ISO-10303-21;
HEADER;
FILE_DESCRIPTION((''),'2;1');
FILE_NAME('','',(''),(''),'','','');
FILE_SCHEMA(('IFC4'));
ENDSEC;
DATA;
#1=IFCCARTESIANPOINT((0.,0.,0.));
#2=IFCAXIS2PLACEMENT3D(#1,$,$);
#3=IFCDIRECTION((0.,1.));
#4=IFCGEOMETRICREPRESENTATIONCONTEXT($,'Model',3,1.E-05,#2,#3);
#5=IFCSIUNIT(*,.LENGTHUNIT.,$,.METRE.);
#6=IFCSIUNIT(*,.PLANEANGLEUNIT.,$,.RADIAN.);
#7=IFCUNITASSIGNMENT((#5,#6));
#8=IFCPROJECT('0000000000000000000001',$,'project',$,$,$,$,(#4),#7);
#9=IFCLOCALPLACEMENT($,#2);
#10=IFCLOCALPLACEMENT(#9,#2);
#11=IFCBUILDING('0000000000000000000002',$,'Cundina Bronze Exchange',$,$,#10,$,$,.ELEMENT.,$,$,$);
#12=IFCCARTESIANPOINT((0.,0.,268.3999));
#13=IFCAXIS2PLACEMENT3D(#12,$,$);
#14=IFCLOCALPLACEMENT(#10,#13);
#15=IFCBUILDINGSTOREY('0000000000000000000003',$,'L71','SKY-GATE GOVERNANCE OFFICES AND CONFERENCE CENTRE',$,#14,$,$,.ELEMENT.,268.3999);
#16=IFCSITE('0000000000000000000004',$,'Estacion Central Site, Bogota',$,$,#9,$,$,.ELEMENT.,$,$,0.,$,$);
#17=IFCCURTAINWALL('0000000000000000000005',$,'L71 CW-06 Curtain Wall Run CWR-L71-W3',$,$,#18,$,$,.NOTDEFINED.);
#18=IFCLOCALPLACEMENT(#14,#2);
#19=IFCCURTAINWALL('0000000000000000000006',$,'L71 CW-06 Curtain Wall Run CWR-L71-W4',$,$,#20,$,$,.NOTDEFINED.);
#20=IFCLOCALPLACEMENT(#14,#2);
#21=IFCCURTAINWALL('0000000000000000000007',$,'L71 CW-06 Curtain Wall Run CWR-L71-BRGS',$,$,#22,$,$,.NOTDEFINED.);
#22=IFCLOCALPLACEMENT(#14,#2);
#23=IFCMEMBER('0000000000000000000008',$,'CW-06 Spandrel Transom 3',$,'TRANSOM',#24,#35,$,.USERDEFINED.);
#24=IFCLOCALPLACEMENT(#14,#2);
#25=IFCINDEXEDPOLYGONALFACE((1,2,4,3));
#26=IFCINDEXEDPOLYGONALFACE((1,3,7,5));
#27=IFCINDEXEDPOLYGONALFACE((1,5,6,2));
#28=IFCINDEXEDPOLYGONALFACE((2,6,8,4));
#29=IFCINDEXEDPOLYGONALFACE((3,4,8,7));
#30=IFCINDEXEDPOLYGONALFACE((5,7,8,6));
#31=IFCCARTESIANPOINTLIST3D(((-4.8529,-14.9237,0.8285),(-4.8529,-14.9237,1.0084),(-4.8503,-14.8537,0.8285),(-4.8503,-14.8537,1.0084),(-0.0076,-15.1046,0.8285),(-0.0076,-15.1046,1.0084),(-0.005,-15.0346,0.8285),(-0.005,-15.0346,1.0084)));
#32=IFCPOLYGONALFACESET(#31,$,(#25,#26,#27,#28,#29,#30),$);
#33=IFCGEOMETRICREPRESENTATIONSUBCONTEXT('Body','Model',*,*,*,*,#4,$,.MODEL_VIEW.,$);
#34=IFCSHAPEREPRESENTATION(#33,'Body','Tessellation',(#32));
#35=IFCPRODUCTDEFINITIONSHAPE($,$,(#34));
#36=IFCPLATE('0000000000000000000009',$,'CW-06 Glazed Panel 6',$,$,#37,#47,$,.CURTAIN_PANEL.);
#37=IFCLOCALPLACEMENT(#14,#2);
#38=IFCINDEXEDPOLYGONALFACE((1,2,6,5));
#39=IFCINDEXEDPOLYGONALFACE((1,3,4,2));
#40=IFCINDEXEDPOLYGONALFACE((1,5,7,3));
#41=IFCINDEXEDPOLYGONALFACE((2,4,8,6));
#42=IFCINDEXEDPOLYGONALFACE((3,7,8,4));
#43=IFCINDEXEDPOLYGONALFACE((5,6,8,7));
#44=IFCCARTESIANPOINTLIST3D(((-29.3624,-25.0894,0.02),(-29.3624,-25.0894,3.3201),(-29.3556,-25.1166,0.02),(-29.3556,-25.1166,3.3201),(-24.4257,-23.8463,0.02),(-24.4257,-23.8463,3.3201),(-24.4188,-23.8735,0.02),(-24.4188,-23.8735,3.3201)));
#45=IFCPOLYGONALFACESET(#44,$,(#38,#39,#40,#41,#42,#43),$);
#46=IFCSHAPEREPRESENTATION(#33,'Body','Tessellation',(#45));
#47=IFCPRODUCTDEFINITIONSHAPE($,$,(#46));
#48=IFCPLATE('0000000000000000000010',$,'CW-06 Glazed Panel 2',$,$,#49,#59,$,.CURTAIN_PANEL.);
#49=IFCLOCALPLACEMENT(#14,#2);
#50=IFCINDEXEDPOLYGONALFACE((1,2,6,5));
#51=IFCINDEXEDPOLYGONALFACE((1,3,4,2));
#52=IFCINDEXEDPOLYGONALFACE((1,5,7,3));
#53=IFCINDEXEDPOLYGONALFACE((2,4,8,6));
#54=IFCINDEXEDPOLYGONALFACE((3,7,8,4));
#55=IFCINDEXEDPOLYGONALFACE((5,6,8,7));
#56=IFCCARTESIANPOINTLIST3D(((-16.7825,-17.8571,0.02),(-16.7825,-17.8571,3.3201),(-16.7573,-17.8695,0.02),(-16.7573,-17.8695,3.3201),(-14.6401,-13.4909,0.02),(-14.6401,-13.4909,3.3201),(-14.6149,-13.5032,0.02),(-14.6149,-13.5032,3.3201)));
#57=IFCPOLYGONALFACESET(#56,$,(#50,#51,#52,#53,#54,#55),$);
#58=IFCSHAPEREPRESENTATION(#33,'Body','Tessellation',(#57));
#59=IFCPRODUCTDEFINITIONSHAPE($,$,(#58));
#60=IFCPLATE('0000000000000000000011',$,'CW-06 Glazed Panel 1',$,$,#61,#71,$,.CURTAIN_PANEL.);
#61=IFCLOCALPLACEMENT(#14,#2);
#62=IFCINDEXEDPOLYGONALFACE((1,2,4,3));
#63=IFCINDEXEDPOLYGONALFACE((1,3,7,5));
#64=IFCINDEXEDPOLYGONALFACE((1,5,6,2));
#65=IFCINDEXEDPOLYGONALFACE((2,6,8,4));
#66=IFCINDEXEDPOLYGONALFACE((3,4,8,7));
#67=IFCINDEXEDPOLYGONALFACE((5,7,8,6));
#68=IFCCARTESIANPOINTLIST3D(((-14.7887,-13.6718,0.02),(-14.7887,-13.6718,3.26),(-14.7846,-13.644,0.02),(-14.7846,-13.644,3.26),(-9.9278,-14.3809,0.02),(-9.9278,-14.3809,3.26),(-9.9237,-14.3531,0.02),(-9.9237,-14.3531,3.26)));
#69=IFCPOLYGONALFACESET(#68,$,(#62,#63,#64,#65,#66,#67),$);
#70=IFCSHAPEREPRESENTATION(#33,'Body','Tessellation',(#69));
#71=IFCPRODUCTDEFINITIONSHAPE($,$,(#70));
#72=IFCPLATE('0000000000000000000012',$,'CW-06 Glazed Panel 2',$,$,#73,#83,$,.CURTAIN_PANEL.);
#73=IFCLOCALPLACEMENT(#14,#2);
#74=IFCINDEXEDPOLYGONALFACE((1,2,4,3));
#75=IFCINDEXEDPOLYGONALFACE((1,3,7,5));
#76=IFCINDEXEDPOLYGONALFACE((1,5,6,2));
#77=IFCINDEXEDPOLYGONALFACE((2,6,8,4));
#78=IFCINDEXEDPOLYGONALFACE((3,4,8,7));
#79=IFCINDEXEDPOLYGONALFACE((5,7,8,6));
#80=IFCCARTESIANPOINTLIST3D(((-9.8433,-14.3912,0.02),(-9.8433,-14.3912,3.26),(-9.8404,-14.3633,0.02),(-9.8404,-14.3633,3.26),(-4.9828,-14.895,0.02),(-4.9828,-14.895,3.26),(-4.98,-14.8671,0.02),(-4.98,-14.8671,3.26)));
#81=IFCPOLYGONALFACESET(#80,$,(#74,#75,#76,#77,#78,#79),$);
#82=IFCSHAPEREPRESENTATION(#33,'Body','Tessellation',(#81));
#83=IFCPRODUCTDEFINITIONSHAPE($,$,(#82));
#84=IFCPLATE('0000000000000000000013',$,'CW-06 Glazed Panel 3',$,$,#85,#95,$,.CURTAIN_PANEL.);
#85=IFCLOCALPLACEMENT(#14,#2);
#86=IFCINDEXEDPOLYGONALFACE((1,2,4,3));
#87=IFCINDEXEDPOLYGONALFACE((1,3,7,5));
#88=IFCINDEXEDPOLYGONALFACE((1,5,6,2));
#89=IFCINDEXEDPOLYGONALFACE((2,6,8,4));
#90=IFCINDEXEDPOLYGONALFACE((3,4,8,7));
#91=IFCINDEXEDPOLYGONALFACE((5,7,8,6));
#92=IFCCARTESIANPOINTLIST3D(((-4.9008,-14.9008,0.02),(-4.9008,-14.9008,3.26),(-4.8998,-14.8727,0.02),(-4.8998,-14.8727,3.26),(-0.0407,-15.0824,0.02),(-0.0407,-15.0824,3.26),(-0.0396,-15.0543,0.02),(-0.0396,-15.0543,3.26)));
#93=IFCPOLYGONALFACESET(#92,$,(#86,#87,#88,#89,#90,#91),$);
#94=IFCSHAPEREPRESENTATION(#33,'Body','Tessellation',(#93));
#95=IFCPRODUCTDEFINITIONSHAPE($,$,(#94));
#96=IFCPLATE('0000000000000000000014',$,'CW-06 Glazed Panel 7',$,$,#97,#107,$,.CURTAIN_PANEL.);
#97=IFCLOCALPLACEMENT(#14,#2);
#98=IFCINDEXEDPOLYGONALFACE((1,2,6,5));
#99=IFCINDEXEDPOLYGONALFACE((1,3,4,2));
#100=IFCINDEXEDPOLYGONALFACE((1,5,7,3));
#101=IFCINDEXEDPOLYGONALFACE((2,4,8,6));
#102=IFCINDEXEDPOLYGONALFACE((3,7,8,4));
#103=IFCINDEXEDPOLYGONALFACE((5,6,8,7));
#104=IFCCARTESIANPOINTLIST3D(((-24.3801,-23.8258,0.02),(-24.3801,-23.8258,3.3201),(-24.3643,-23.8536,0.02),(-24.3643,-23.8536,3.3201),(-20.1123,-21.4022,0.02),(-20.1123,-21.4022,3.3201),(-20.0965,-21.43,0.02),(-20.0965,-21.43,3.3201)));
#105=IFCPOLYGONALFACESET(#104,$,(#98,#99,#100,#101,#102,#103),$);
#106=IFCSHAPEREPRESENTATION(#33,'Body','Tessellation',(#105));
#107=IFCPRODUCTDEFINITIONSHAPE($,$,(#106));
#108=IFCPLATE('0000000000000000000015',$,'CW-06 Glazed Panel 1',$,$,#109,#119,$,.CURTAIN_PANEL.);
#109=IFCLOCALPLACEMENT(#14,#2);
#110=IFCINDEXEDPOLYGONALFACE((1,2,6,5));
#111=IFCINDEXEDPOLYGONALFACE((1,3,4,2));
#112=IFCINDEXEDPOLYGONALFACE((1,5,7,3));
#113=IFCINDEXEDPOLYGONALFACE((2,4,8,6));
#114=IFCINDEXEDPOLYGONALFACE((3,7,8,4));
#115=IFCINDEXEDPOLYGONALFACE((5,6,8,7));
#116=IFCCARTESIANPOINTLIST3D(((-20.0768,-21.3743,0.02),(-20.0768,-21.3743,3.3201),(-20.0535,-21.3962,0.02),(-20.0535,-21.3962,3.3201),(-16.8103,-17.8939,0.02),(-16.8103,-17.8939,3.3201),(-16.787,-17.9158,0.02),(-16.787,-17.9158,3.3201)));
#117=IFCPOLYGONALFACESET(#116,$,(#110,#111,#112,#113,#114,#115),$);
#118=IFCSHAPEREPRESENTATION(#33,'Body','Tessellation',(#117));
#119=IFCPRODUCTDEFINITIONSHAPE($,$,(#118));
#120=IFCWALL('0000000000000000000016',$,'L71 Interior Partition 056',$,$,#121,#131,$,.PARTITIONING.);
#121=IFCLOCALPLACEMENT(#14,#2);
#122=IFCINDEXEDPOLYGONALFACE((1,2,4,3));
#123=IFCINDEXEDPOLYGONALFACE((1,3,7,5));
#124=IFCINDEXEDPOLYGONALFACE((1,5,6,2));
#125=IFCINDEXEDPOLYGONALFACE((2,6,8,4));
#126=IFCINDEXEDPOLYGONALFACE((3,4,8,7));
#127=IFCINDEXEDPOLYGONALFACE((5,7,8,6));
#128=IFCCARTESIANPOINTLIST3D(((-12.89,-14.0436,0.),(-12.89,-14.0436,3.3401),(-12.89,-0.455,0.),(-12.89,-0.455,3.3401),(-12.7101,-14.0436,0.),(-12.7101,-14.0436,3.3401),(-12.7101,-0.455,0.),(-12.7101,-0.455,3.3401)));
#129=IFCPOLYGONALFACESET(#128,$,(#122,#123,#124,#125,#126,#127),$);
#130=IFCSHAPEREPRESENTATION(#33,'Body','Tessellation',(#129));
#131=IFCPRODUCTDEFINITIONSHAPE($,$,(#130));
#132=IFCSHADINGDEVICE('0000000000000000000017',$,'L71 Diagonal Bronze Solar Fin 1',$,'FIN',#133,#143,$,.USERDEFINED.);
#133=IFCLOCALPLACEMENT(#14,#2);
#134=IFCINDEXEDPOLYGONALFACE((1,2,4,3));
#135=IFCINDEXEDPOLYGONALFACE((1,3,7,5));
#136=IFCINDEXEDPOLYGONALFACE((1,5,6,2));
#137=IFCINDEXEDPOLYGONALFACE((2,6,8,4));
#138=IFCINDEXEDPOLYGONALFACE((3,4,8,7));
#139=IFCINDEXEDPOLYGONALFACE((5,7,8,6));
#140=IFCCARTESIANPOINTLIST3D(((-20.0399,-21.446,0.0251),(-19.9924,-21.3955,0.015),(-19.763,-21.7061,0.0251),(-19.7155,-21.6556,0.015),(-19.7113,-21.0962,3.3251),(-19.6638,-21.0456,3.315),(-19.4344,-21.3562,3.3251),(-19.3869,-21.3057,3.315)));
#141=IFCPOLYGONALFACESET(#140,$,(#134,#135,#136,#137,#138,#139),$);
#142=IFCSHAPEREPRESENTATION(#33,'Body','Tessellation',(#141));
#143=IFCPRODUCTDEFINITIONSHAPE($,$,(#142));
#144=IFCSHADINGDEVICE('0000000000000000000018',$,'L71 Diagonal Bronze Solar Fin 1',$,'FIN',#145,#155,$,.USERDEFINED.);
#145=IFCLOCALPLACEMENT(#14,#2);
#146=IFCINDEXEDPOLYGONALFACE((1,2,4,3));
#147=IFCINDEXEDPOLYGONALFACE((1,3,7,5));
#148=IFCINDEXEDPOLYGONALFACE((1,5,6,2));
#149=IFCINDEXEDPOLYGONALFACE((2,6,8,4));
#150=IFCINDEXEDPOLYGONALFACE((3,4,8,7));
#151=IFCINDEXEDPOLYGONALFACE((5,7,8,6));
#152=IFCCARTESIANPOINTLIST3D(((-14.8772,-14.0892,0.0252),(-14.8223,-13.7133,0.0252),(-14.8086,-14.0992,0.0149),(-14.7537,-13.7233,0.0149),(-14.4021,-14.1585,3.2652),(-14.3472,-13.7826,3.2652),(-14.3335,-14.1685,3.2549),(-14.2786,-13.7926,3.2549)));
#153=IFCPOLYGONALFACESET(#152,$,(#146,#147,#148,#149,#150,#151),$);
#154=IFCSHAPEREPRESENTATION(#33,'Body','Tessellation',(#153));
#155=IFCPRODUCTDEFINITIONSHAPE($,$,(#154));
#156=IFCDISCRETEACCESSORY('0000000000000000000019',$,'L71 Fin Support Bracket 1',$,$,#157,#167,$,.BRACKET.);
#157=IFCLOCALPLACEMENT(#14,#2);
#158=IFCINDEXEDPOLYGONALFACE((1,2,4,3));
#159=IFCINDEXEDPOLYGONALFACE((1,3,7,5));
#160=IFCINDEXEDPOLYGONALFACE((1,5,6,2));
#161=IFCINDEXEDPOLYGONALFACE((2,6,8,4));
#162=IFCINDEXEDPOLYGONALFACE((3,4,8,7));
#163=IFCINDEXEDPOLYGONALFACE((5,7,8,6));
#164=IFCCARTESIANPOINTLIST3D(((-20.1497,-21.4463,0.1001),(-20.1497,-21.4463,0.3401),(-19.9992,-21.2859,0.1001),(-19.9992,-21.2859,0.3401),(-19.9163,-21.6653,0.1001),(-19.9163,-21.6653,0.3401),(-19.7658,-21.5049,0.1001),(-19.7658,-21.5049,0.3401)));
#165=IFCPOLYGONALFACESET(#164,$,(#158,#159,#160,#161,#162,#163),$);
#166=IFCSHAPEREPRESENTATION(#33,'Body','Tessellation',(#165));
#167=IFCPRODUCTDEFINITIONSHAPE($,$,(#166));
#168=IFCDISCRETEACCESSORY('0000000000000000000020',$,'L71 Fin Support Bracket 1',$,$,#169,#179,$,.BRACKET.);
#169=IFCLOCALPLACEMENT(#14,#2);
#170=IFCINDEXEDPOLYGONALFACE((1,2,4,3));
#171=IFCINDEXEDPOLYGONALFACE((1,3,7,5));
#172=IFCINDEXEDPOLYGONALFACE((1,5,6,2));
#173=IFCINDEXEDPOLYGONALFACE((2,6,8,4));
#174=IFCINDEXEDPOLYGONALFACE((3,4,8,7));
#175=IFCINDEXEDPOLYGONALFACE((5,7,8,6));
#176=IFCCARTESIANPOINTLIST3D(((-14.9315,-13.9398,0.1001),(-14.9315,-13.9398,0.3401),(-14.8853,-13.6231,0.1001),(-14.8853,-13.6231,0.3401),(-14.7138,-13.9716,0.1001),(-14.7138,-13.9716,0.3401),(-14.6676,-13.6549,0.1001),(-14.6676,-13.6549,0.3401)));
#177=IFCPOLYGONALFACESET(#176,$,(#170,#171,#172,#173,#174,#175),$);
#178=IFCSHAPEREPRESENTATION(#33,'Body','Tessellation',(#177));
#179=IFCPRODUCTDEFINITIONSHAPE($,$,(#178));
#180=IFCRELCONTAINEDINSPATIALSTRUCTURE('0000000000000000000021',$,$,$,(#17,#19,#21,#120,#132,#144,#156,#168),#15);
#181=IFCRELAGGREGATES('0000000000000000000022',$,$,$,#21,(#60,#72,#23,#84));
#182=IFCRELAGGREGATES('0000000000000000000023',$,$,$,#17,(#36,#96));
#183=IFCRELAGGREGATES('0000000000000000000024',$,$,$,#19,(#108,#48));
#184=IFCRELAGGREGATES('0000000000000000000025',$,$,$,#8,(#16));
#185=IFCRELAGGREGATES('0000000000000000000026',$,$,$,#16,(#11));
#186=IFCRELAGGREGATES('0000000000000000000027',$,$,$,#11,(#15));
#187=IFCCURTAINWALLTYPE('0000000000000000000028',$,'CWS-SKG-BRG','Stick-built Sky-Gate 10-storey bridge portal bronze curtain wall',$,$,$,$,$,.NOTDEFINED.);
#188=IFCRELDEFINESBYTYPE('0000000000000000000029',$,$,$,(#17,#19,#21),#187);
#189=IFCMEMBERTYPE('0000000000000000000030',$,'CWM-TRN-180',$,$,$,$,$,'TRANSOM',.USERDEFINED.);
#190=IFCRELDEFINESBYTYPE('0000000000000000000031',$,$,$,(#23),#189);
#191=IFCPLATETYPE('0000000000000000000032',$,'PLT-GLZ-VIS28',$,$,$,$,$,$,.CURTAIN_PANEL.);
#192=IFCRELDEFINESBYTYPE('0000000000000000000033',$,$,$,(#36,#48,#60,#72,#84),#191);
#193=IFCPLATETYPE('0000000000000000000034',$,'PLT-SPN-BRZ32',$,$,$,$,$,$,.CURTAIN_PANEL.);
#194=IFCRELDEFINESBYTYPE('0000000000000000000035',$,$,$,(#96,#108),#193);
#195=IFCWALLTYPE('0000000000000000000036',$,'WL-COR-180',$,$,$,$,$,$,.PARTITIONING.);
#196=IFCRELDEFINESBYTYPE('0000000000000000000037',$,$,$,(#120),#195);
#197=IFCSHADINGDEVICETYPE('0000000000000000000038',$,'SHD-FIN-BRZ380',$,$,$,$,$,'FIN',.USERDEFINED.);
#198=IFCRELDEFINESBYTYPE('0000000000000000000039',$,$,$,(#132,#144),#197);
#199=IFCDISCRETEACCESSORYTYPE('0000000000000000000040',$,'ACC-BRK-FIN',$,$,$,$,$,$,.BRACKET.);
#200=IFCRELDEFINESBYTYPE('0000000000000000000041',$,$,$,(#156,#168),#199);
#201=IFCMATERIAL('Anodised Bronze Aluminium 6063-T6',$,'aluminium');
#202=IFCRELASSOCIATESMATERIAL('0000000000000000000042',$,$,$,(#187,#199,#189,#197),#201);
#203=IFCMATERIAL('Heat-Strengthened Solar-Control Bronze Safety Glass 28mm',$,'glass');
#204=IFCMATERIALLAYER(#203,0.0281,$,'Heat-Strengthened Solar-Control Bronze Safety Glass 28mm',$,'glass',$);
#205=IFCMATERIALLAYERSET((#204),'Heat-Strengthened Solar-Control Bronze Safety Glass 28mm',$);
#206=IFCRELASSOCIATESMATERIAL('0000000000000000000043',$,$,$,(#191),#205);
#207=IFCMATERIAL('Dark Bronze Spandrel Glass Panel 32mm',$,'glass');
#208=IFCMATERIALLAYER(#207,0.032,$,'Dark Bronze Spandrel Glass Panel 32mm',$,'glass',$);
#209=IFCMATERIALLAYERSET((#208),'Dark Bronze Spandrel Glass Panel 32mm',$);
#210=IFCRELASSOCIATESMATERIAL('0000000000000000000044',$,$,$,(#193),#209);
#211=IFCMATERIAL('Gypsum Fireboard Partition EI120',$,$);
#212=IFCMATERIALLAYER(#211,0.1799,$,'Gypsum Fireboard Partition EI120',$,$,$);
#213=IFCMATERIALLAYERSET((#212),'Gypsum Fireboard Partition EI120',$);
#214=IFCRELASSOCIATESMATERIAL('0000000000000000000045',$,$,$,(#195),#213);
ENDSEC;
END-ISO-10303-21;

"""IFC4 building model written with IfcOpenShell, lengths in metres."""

from ifc_helpers import new_model, si_unit, direction, frame, frame_2d, origin, origin_2d, place, context, subcontext, project, spatial, rectangle, extrude, material, layer, layer_set, material_profile, profile_set, type_object, element, aggregate, save


model = new_model("IFC4")

# Units and contexts
model_context = context("Model", 3, precision=1e-05, world=origin(), true_north=direction((0.0, 1.0)))
body_context = subcontext(model_context, "Body", "Model", "MODEL_VIEW")
ifc_project = project(units=[si_unit("LENGTHUNIT", "METRE"), si_unit("PLANEANGLEUNIT", "RADIAN")], contexts=[model_context])

# Site, building, storey
site_placement = place(None, origin())
site = spatial("IfcSite", under=ifc_project, at=site_placement, Name="Estacion Central Site, Bogota", CompositionType="ELEMENT", RefElevation=0.0)
building_placement = place(site_placement, origin())
building = spatial("IfcBuilding", under=site, at=building_placement, Name="Cundina Bronze Exchange", CompositionType="ELEMENT")
storey_placement = place(building_placement, frame((0.0, 0.0, 268.3999)))
storey = spatial("IfcBuildingStorey", under=building, at=storey_placement, Name="L71", Description="SKY-GATE GOVERNANCE OFFICES AND CONFERENCE CENTRE", CompositionType="ELEMENT", Elevation=268.3999)

# Curtain walls
ifc_material_1 = material(Name="Anodised Bronze Aluminium 6063-T6", Category="aluminium")
curtain_wall_type = type_object("IfcCurtainWallType", Name="CWS-SKG-BRG", Description="Stick-built Sky-Gate 10-storey bridge portal bronze curtain wall", PredefinedType="NOTDEFINED", material=ifc_material_1)
curtain_wall_1_placement = place(storey_placement, origin())
curtain_wall_1 = element("IfcCurtainWall", 1, at=curtain_wall_1_placement, inside=storey, type_object=curtain_wall_type, Name="L71 CW-06 Curtain Wall Run CWR-L71-W3", PredefinedType="NOTDEFINED")
curtain_wall_2_placement = place(storey_placement, origin())
curtain_wall_2 = element("IfcCurtainWall", 2, at=curtain_wall_2_placement, inside=storey, type_object=curtain_wall_type, Name="L71 CW-06 Curtain Wall Run CWR-L71-W4", PredefinedType="NOTDEFINED")
curtain_wall_3_placement = place(storey_placement, origin())
curtain_wall_3 = element("IfcCurtainWall", 3, at=curtain_wall_3_placement, inside=storey, type_object=curtain_wall_type, Name="L71 CW-06 Curtain Wall Run CWR-L71-BRGS", PredefinedType="NOTDEFINED")

# Member
ifc_material_profile_1 = material_profile(ifc_material_1, rectangle(XDim=0.0701, YDim=0.1799, at=origin_2d()), Name="AL70X180", Category="aluminium")
ifc_profile_set_1 = profile_set([ifc_material_profile_1], Name="Anodised Bronze Aluminium 6063-T6")
member_type_1 = type_object("IfcMemberType", Name="CWM-TRN-180", ElementType="TRANSOM", PredefinedType="USERDEFINED", material=ifc_profile_set_1)
member_1_placement = place(storey_placement, frame((-4.8516, -14.8887, 0.9185), z_axis=(0.999304, -0.037312, 0.0), x_axis=(0.037312, 0.999304, 0.0)))
member_1 = element("IfcMember", 4, at=member_1_placement, type_object=member_type_1, Name="CW-06 Spandrel Transom 3", ObjectType="TRANSOM", PredefinedType="USERDEFINED", context=body_context, shape_type="SweptSolid", body=[
    extrude(rectangle(XDim=0.0701, YDim=0.1799, at=origin_2d()), origin(), (0.0, 0.0, 1.0), 4.8486),
])

# Plates
ifc_material_2 = material(Name="Heat-Strengthened Solar-Control Bronze Safety Glass 28mm", Category="glass")
ifc_layer_1 = layer(ifc_material_2, 0.0281, Name="Heat-Strengthened Solar-Control Bronze Safety Glass 28mm", Category="glass")
ifc_layer_set_1 = layer_set([ifc_layer_1], Name="Heat-Strengthened Solar-Control Bronze Safety Glass 28mm")
plate_type_1 = type_object("IfcPlateType", Name="PLT-GLZ-VIS28", PredefinedType="CURTAIN_PANEL", material=ifc_layer_set_1)
plate_1_placement = place(storey_placement, frame((-26.8906, -24.4814, 0.02), z_axis=(0.0, 0.0, 1.0), x_axis=(0.969732, 0.244174, 0.0)))
plate_1 = element("IfcPlate", 5, at=plate_1_placement, type_object=plate_type_1, Name="CW-06 Glazed Panel 6", PredefinedType="CURTAIN_PANEL", context=body_context, shape_type="SweptSolid", body=[
    extrude(rectangle(XDim=5.0908, YDim=0.0281, at=origin_2d()), origin(), (0.0, 0.0, 1.0), 3.3),
])
plate_2_placement = place(storey_placement, frame((-15.6987, -15.6802, 0.02), z_axis=(0.0, 0.0, 1.0), x_axis=(0.440503, 0.897751, 0.0)))
plate_2 = element("IfcPlate", 6, at=plate_2_placement, type_object=plate_type_1, Name="CW-06 Glazed Panel 2", PredefinedType="CURTAIN_PANEL", context=body_context, shape_type="SweptSolid", body=[
    extrude(rectangle(XDim=4.8635, YDim=0.0281, at=origin_2d()), origin(), (0.0, 0.0, 1.0), 3.3),
])
plate_3_placement = place(storey_placement, frame((-12.3562, -14.0125, 0.02), z_axis=(0.0, 0.0, 1.0), x_axis=(0.989528, -0.144339, 0.0)))
plate_3 = element("IfcPlate", 7, at=plate_3_placement, type_object=plate_type_1, Name="CW-06 Glazed Panel 1", PredefinedType="CURTAIN_PANEL", context=body_context, shape_type="SweptSolid", body=[
    extrude(rectangle(XDim=4.9124, YDim=0.0281, at=origin_2d()), origin(), (0.0, 0.0, 1.0), 3.24),
])
plate_4_placement = place(storey_placement, frame((-7.4116, -14.6292, 0.02), z_axis=(0.0, 0.0, 1.0), x_axis=(0.994672, -0.103088, 0.0)))
plate_4 = element("IfcPlate", 8, at=plate_4_placement, type_object=plate_type_1, Name="CW-06 Glazed Panel 2", PredefinedType="CURTAIN_PANEL", context=body_context, shape_type="SweptSolid", body=[
    extrude(rectangle(XDim=4.8865, YDim=0.0281, at=origin_2d()), origin(), (0.0, 0.0, 1.0), 3.24),
])
plate_5_placement = place(storey_placement, frame((-2.4702, -14.9775, 0.02), z_axis=(0.0, 0.0, 1.0), x_axis=(0.999303, -0.037341, 0.0)))
plate_5 = element("IfcPlate", 9, at=plate_5_placement, type_object=plate_type_1, Name="CW-06 Glazed Panel 3", PredefinedType="CURTAIN_PANEL", context=body_context, shape_type="SweptSolid", body=[
    extrude(rectangle(XDim=4.8635, YDim=0.0281, at=origin_2d()), origin(), (0.0, 0.0, 1.0), 3.24),
])
aggregate(curtain_wall_3, [plate_3, plate_4, member_1, plate_5])
ifc_material_3 = material(Name="Dark Bronze Spandrel Glass Panel 32mm", Category="glass")
ifc_layer_2 = layer(ifc_material_3, 0.032, Name="Dark Bronze Spandrel Glass Panel 32mm", Category="glass")
ifc_layer_set_2 = layer_set([ifc_layer_2], Name="Dark Bronze Spandrel Glass Panel 32mm")
plate_type_2 = type_object("IfcPlateType", Name="PLT-SPN-BRZ32", PredefinedType="CURTAIN_PANEL", material=ifc_layer_set_2)
plate_6_placement = place(storey_placement, frame((-22.2383, -22.6279, 0.02), z_axis=(0.0, 0.0, 1.0), x_axis=(0.869573, 0.493805, 0.0)))
plate_6 = element("IfcPlate", 10, at=plate_6_placement, type_object=plate_type_2, Name="CW-06 Glazed Panel 7", PredefinedType="CURTAIN_PANEL", context=body_context, shape_type="SweptSolid", body=[
    extrude(rectangle(XDim=4.908, YDim=0.032, at=origin_2d()), origin(), (0.0, 0.0, 1.0), 3.3),
])
aggregate(curtain_wall_1, [plate_1, plate_6])
plate_7_placement = place(storey_placement, frame((-18.4319, -19.645, 0.02), z_axis=(0.0, 0.0, 1.0), x_axis=(0.684344, 0.72916, 0.0)))
plate_7 = element("IfcPlate", 11, at=plate_7_placement, type_object=plate_type_2, Name="CW-06 Glazed Panel 1", PredefinedType="CURTAIN_PANEL", context=body_context, shape_type="SweptSolid", body=[
    extrude(rectangle(XDim=4.7732, YDim=0.032, at=origin_2d()), origin(), (0.0, 0.0, 1.0), 3.3),
])
aggregate(curtain_wall_2, [plate_7, plate_2])

# Wall
ifc_material_4 = material(Name="Gypsum Fireboard Partition EI120")
ifc_layer_3 = layer(ifc_material_4, 0.1799, Name="Gypsum Fireboard Partition EI120")
ifc_layer_set_3 = layer_set([ifc_layer_3], Name="Gypsum Fireboard Partition EI120")
wall_type = type_object("IfcWallType", Name="WL-COR-180", PredefinedType="PARTITIONING", material=ifc_layer_set_3)
wall_placement = place(storey_placement, frame((-12.8, -14.0437, 0.0), z_axis=(0.0, 0.0, 1.0), x_axis=(0.0, 1.0, 0.0)))
element("IfcWall", 12, at=wall_placement, inside=storey, type_object=wall_type, Name="L71 Interior Partition 056", PredefinedType="PARTITIONING", context=body_context, shape_type="SweptSolid", body=[
    extrude(rectangle(XDim=13.5886, YDim=0.1799, at=frame_2d((6.7944, 0.0))), origin(), (0.0, 0.0, 1.0), 3.3401),
])

# Shading devices
ifc_material_profile_2 = material_profile(ifc_material_1, rectangle(XDim=0.0701, YDim=0.3799, at=origin_2d()), Name="FIN70X380", Category="aluminium")
ifc_profile_set_2 = profile_set([ifc_material_profile_2], Name="Anodised Bronze Aluminium 6063-T6")
shading_device_type = type_object("IfcShadingDeviceType", Name="SHD-FIN-BRZ380", ElementType="FIN", PredefinedType="USERDEFINED", material=ifc_profile_set_2)
shading_device_1_placement = place(storey_placement, frame((-19.8777, -21.5508, 0.02), z_axis=(0.098541, 0.104911, 0.989587), x_axis=(-0.677506, -0.721297, 0.143933)))
element("IfcShadingDevice", 13, at=shading_device_1_placement, inside=storey, type_object=shading_device_type, Name="L71 Diagonal Bronze Solar Fin 1", ObjectType="FIN", PredefinedType="USERDEFINED", context=body_context, shape_type="SweptSolid", body=[
    extrude(rectangle(XDim=0.0701, YDim=0.3799, at=origin_2d()), origin(), (0.0, 0.0, 1.0), 3.3347),
])
shading_device_2_placement = place(storey_placement, frame((-14.8154, -13.9062, 0.02), z_axis=(0.145052, -0.021169, 0.989198), x_axis=(-0.978829, 0.142851, 0.146588)))
element("IfcShadingDevice", 14, at=shading_device_2_placement, inside=storey, type_object=shading_device_type, Name="L71 Diagonal Bronze Solar Fin 1", ObjectType="FIN", PredefinedType="USERDEFINED", context=body_context, shape_type="SweptSolid", body=[
    extrude(rectangle(XDim=0.0701, YDim=0.3799, at=origin_2d()), origin(), (0.0, 0.0, 1.0), 3.2754),
])

# Discrete accessories
discrete_accessory_type = type_object("IfcDiscreteAccessoryType", Name="ACC-BRK-FIN", PredefinedType="BRACKET", material=ifc_material_1)
for number, where, z_axis, x_axis, name in (
    (15, (-19.9578, -21.4756, 0.1001), (0.0, 0.0, 1.0), (0.684344, 0.72916, 0.0), "L71 Fin Support Bracket 1"),
    (16, (-14.7996, -13.7974, 0.1001), (0.0, 0.0, 1.0), (0.989528, -0.144339, 0.0), "L71 Fin Support Bracket 1"),
):
    element("IfcDiscreteAccessory", number, at=place(storey_placement, frame(where, z_axis=z_axis, x_axis=x_axis)), inside=storey, type_object=discrete_accessory_type, Name=name, PredefinedType="BRACKET", context=body_context, shape_type="SweptSolid", body=[
        extrude(rectangle(XDim=0.22, YDim=0.3201, at=origin_2d()), origin(), (0.0, 0.0, 1.0), 0.24),
    ])

save(model, "model.ifc")
